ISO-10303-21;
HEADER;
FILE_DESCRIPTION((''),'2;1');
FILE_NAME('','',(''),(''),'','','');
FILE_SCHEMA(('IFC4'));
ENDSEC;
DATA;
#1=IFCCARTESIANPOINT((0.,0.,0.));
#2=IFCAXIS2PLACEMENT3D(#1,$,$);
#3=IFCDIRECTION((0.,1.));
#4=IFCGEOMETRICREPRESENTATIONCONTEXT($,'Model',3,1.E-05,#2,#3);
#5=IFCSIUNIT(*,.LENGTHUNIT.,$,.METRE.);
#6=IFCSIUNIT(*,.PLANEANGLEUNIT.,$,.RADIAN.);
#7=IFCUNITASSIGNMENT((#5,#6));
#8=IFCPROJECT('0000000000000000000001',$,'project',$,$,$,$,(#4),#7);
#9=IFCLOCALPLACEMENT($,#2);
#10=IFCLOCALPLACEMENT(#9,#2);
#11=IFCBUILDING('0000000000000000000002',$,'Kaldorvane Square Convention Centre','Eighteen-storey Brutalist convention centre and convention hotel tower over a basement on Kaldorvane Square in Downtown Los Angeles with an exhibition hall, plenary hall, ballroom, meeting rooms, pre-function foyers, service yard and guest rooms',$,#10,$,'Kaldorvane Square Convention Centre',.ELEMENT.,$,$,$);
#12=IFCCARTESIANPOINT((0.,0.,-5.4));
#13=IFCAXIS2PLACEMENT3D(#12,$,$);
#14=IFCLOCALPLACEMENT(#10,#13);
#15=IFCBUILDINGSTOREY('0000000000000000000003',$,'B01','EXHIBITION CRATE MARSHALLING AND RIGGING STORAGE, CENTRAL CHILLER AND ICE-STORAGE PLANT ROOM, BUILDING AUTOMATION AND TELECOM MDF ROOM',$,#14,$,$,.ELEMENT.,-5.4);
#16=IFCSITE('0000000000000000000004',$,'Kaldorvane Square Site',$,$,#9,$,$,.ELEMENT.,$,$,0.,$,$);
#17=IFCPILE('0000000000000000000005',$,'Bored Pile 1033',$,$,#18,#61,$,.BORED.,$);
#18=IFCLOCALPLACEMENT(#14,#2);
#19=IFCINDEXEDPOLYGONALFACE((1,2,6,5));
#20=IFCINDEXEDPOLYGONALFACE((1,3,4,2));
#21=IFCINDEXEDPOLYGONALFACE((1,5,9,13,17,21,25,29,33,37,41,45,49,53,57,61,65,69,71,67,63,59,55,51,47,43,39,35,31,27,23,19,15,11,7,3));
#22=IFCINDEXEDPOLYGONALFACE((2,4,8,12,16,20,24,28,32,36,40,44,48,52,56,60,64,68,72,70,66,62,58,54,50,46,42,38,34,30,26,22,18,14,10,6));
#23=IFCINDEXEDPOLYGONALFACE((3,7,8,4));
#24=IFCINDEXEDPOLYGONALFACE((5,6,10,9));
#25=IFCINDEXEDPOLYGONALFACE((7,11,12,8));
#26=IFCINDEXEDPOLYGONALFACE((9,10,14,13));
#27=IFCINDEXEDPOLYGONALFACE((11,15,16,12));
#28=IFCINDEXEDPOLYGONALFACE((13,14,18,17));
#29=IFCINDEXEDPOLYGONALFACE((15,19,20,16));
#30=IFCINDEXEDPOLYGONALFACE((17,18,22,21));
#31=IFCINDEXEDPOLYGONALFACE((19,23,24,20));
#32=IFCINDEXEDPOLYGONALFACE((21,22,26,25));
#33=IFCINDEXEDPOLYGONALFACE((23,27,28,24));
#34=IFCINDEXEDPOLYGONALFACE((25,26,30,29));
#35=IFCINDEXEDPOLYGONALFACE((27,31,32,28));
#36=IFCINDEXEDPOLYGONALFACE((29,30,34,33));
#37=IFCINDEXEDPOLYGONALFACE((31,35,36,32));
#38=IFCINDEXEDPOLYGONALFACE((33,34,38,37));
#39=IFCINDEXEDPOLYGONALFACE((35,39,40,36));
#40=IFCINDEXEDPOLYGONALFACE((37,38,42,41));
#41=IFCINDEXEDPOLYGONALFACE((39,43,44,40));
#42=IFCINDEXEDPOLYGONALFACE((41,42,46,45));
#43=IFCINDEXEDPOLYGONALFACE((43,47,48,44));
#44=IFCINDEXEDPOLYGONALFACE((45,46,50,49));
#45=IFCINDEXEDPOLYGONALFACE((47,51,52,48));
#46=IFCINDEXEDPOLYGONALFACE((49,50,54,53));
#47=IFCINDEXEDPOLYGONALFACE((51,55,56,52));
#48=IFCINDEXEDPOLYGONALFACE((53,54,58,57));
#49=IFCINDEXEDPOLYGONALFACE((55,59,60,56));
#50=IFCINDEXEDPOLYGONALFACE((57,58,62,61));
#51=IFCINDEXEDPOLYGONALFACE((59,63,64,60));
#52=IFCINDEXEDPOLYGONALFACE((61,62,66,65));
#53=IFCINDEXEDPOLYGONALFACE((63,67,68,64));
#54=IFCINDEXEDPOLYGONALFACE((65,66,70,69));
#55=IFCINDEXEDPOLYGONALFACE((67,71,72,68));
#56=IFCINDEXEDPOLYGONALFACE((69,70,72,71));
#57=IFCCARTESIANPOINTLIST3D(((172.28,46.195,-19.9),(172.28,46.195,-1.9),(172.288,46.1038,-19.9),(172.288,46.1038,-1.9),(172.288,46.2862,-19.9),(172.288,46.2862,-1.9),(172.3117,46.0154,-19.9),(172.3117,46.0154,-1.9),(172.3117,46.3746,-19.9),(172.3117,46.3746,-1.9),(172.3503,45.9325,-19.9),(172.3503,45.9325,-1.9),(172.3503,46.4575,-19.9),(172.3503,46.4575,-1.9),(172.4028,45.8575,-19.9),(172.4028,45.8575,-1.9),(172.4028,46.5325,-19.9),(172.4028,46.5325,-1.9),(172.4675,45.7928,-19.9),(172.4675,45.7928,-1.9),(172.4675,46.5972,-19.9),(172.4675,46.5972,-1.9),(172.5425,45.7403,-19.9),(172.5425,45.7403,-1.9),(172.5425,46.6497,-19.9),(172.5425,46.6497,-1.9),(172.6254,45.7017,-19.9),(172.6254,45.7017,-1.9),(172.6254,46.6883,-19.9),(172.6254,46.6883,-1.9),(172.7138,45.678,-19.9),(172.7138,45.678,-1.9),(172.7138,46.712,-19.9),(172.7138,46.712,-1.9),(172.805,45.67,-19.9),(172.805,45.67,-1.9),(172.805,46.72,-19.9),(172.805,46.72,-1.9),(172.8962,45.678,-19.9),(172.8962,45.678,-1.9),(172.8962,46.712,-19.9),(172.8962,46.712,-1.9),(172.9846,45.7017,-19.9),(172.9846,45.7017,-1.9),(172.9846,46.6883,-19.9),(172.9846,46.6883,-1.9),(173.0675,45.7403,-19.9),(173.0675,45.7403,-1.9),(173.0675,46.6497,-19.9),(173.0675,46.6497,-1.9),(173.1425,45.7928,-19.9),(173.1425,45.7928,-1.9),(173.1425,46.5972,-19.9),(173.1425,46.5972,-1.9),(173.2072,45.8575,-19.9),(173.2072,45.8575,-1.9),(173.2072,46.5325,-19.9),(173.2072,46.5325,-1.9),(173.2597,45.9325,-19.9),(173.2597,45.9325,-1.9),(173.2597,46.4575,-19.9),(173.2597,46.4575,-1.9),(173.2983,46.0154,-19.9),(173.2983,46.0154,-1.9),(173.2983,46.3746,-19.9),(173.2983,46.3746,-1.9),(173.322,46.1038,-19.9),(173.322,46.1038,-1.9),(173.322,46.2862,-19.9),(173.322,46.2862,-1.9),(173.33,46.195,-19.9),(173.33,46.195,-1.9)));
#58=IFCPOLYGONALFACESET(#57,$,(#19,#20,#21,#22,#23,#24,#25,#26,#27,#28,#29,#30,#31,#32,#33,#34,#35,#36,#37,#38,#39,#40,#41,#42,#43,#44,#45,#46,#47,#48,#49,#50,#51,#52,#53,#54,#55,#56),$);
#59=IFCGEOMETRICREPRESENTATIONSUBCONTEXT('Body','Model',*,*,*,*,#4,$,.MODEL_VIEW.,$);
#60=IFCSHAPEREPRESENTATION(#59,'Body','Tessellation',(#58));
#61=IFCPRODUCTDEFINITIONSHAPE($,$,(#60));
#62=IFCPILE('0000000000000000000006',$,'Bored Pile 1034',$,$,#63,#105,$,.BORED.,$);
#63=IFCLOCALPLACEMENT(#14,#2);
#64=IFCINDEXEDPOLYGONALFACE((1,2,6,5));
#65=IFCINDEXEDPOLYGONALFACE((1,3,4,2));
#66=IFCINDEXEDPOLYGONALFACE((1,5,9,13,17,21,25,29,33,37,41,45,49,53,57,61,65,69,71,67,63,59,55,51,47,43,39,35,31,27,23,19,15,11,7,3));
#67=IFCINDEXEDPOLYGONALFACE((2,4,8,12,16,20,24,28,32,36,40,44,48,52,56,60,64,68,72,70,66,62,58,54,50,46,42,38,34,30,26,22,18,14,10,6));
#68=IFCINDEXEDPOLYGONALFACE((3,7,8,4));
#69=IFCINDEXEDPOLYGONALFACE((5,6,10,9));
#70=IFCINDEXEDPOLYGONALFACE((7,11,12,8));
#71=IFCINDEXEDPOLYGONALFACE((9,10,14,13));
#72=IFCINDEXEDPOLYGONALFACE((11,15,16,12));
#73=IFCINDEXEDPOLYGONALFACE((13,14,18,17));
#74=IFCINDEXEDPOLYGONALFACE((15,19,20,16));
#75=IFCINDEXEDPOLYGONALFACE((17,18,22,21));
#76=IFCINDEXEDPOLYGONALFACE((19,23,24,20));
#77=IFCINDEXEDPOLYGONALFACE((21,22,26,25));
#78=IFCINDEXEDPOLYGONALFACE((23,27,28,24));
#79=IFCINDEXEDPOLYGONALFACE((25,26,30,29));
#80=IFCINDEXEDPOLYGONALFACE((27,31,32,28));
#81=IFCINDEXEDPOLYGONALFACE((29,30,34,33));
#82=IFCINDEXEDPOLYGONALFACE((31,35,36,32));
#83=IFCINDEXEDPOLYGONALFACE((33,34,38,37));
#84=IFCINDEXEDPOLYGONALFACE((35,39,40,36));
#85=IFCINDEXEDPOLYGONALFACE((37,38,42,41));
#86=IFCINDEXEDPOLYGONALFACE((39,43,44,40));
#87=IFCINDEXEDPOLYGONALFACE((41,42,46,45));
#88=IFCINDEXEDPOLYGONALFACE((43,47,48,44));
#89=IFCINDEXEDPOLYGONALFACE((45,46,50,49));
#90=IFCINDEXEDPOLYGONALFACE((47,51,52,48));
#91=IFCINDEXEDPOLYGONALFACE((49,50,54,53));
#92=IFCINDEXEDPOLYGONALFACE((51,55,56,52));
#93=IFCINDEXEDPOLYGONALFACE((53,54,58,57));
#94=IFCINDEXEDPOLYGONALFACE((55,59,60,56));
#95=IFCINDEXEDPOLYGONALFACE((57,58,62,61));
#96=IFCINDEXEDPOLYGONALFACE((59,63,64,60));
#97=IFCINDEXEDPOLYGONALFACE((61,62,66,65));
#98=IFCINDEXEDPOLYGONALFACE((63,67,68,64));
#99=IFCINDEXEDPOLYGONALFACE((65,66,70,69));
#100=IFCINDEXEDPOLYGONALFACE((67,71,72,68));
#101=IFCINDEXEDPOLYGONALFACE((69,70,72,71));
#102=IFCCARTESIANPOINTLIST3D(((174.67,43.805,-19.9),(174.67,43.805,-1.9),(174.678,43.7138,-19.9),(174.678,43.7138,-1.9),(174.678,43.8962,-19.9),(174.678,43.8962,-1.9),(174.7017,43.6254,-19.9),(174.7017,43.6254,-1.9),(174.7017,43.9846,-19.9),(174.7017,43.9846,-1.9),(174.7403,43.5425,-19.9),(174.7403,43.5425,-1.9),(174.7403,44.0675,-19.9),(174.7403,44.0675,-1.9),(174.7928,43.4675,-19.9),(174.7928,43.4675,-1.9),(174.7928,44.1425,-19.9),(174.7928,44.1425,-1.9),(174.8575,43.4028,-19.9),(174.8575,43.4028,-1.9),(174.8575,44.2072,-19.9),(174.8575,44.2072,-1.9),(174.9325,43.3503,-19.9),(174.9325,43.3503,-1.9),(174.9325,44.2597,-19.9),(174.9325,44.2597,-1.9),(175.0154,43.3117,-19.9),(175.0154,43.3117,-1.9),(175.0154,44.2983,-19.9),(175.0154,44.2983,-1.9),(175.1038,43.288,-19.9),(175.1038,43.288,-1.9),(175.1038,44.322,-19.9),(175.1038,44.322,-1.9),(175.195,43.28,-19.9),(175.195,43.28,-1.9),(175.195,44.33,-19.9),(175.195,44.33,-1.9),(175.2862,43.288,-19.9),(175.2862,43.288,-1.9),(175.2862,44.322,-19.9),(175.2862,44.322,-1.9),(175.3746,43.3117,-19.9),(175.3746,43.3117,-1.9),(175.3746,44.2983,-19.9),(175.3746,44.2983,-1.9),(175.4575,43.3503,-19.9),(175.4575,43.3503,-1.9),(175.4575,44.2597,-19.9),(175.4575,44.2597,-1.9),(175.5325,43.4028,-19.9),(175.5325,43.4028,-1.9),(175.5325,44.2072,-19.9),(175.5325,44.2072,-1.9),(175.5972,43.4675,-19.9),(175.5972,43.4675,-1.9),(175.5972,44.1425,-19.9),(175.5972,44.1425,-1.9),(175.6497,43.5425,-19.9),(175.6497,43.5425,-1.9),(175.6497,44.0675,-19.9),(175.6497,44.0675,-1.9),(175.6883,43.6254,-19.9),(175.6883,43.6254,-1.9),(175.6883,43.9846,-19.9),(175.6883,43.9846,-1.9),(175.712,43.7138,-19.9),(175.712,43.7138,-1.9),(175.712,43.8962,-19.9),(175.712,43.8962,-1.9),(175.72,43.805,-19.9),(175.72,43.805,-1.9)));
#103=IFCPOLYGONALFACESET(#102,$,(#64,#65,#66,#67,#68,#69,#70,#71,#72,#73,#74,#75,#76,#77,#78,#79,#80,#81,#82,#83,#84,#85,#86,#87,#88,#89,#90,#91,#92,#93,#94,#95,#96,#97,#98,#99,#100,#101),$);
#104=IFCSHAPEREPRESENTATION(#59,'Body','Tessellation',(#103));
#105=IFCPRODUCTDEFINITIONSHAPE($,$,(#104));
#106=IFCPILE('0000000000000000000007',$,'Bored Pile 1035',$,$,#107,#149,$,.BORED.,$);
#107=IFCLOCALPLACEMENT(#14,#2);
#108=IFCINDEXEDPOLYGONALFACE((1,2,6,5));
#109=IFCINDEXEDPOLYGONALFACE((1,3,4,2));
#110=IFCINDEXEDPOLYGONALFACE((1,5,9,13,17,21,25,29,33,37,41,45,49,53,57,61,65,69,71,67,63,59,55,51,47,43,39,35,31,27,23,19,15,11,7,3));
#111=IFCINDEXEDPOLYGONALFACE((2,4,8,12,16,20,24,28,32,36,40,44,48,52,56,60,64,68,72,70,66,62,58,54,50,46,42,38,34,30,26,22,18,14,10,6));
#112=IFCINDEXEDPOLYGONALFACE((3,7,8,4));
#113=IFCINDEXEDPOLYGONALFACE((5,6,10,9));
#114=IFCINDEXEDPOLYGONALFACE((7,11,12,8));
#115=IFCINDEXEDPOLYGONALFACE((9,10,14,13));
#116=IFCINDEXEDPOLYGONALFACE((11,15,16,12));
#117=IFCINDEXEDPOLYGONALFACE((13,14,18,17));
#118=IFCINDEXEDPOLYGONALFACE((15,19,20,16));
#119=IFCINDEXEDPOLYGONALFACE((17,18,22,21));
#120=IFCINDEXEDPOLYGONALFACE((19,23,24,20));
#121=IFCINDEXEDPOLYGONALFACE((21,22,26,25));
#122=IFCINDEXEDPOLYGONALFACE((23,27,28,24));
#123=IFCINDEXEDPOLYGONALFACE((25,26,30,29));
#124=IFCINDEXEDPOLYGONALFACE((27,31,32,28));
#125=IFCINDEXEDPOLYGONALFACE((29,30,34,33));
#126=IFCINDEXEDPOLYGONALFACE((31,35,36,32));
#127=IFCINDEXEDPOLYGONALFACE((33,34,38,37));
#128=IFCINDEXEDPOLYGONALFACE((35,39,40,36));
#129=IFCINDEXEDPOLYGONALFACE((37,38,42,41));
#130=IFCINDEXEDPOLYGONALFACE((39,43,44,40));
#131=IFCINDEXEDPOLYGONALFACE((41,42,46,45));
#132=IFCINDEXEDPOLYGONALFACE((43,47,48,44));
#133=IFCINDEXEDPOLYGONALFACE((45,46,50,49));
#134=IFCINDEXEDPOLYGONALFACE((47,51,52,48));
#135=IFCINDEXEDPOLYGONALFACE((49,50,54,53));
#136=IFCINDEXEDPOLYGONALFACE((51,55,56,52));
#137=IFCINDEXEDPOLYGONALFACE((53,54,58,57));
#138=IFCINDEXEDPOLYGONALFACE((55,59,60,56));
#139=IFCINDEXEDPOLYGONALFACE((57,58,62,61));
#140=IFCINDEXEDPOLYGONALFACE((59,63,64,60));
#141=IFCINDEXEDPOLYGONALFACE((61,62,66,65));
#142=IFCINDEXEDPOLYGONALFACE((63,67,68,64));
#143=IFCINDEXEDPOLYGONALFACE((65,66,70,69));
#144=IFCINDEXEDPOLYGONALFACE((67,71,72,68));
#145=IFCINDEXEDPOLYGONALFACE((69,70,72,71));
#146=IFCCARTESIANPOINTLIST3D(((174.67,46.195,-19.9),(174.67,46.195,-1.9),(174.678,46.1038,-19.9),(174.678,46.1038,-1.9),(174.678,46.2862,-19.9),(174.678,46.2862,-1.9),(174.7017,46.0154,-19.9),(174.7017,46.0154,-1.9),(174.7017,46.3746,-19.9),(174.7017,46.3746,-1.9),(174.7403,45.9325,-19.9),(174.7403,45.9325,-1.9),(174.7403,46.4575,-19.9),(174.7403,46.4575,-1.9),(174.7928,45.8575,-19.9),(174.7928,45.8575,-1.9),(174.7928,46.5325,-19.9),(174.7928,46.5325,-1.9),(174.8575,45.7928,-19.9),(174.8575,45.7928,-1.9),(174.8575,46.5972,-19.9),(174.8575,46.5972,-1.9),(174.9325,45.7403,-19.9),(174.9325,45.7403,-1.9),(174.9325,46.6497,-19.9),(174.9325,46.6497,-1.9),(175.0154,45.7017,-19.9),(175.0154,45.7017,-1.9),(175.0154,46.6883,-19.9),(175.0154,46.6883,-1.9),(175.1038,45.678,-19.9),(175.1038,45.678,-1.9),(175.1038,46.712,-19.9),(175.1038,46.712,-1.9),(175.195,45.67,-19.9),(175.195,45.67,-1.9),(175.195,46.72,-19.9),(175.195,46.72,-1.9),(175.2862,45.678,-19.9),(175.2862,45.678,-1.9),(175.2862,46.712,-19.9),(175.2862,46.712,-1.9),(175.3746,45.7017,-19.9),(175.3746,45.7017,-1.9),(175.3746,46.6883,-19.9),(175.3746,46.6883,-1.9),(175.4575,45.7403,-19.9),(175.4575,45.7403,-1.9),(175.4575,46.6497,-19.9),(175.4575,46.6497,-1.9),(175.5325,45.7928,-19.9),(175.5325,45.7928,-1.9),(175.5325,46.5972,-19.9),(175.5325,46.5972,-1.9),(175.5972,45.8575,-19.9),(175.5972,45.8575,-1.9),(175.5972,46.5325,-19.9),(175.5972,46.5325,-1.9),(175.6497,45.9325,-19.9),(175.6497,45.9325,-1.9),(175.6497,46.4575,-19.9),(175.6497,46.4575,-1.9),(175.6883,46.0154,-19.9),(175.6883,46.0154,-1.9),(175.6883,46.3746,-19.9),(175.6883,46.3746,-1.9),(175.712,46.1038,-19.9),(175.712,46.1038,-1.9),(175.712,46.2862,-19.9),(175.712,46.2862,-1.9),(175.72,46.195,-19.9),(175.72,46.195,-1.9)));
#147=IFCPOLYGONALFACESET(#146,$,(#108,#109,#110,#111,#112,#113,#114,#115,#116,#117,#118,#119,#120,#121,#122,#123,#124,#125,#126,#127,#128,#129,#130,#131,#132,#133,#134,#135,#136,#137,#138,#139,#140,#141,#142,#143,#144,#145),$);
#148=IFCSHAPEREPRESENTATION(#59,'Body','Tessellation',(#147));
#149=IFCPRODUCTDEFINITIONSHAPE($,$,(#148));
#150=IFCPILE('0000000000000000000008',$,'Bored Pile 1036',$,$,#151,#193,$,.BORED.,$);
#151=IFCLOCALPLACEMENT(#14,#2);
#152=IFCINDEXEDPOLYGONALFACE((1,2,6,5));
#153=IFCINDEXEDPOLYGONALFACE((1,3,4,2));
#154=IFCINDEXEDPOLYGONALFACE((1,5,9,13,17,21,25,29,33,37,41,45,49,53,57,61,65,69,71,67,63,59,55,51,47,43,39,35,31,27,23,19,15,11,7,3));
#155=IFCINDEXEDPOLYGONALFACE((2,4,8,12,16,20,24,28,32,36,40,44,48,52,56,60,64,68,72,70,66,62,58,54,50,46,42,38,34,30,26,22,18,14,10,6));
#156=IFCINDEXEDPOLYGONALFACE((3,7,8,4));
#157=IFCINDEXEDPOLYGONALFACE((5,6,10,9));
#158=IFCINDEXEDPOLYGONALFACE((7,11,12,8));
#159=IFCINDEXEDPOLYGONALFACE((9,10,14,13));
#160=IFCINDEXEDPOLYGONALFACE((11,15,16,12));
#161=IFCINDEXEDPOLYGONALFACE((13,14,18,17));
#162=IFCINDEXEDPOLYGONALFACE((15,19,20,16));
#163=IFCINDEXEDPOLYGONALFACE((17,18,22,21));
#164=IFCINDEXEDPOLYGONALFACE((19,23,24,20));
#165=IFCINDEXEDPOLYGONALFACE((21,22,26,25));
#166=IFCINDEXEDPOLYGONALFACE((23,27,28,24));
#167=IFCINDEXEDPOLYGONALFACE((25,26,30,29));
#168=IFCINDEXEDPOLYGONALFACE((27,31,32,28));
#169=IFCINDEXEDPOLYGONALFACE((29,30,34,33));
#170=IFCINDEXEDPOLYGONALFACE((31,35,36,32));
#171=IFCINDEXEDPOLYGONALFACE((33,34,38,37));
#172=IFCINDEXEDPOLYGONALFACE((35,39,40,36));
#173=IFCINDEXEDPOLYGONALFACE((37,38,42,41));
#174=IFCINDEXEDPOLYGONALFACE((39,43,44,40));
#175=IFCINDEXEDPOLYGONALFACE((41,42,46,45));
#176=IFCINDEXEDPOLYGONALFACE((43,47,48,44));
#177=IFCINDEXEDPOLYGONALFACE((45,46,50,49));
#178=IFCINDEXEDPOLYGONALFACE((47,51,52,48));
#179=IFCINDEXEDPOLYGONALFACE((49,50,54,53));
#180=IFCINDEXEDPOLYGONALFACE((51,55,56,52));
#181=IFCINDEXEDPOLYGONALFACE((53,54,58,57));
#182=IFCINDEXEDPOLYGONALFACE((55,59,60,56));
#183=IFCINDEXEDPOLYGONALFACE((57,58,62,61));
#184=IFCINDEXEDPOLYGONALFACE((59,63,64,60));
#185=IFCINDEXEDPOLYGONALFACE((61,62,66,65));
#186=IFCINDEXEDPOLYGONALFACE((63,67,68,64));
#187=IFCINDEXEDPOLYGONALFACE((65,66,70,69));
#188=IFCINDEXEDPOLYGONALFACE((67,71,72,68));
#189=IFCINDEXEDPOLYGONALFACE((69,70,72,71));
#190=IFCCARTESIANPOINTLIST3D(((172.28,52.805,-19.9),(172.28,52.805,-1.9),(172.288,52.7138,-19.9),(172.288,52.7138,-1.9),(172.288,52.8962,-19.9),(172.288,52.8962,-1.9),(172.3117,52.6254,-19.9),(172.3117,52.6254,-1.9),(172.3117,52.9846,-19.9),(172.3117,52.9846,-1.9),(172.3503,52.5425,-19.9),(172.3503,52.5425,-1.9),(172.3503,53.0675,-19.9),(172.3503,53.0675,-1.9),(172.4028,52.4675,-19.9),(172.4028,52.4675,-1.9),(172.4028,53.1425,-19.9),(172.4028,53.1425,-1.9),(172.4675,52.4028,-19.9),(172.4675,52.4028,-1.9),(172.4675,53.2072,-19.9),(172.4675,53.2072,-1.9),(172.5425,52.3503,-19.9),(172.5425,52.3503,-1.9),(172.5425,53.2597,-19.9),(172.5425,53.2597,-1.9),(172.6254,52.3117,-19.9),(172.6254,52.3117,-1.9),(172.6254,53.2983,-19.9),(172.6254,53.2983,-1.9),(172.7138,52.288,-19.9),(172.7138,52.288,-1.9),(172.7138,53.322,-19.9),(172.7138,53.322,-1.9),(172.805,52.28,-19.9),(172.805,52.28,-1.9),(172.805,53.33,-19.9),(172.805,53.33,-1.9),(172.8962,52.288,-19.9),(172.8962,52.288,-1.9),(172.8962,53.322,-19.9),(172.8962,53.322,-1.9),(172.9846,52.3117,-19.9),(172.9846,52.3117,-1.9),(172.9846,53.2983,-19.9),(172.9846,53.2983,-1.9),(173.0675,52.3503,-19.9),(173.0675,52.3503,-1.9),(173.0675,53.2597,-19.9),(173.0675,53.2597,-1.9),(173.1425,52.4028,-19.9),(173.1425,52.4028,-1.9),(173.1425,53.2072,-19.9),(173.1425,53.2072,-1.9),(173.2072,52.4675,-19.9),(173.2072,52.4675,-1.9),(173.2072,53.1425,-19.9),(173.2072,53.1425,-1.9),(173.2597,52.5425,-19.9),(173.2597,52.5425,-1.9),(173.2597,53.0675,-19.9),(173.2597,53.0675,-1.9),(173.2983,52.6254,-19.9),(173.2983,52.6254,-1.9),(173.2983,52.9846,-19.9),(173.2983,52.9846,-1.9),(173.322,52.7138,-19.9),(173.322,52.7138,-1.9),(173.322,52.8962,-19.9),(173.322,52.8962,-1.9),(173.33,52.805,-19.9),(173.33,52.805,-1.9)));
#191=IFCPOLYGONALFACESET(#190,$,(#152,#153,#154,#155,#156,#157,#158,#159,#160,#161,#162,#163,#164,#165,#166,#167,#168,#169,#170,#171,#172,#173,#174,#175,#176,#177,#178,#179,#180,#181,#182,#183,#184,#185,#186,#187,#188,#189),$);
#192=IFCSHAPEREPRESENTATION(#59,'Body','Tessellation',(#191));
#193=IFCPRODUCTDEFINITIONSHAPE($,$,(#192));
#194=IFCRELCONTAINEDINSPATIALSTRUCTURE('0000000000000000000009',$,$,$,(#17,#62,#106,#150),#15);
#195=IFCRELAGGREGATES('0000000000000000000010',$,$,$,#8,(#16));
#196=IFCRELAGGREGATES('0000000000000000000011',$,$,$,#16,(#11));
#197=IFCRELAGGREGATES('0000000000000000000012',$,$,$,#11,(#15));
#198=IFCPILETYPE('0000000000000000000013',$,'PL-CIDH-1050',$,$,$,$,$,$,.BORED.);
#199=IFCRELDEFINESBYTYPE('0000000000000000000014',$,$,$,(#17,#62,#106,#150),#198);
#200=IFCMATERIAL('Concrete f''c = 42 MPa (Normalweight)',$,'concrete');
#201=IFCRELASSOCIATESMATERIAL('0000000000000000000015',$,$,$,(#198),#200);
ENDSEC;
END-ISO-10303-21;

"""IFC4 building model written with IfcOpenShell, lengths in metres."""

from ifc_helpers import new_model, si_unit, direction, frame, origin, origin_2d, place, context, subcontext, project, spatial, circle, extrude, material, material_profile, profile_set, type_object, element, save


model = new_model("IFC4")

# Units and contexts
model_context = context("Model", 3, precision=1e-05, world=origin(), true_north=direction((0.0, 1.0)))
body_context = subcontext(model_context, "Body", "Model", "MODEL_VIEW")
ifc_project = project(units=[si_unit("LENGTHUNIT", "METRE"), si_unit("PLANEANGLEUNIT", "RADIAN")], contexts=[model_context])

# Site, building, storey
site_placement = place(None, origin())
site = spatial("IfcSite", under=ifc_project, at=site_placement, Name="Kaldorvane Square Site", CompositionType="ELEMENT", RefElevation=0.0)
building_placement = place(site_placement, origin())
building = spatial("IfcBuilding", under=site, at=building_placement, Name="Kaldorvane Square Convention Centre", Description="Eighteen-storey Brutalist convention centre and convention hotel tower over a basement on Kaldorvane Square in Downtown Los Angeles with an exhibition hall, plenary hall, ballroom, meeting rooms, pre-function foyers, service yard and guest rooms", LongName="Kaldorvane Square Convention Centre", CompositionType="ELEMENT")
storey_placement = place(building_placement, frame((0.0, 0.0, -5.4)))
storey = spatial("IfcBuildingStorey", under=building, at=storey_placement, Name="B01", Description="EXHIBITION CRATE MARSHALLING AND RIGGING STORAGE, CENTRAL CHILLER AND ICE-STORAGE PLANT ROOM, BUILDING AUTOMATION AND TELECOM MDF ROOM", CompositionType="ELEMENT", Elevation=-5.4)

# Shared definitions
ifc_material_1 = material(Name="Concrete f'c = 42 MPa (Normalweight)", Category="concrete")

# Piles
ifc_material_profile_1 = material_profile(ifc_material_1, circle(Radius=0.525, at=origin_2d()), Name="PILE-D1050")
ifc_profile_set_1 = profile_set([ifc_material_profile_1], Name="Concrete f'c = 42 MPa (Normalweight)")
pile_type_1 = type_object("IfcPileType", Name="PL-CIDH-1050", PredefinedType="BORED", material=ifc_profile_set_1)
for number, where, z_axis, x_axis, name in (
    (1, (172.805, 46.195, -1.9), (0.0, 0.0, -1.0), (1.0, 0.0, 0.0), "Bored Pile 1033"),
    (2, (175.195, 43.805, -1.9), (0.0, 0.0, -1.0), (1.0, 0.0, 0.0), "Bored Pile 1034"),
    (3, (175.195, 46.195, -1.9), (0.0, 0.0, -1.0), (1.0, 0.0, 0.0), "Bored Pile 1035"),
    (4, (172.805, 52.805, -1.9), (0.0, 0.0, -1.0), (1.0, 0.0, 0.0), "Bored Pile 1036"),
):
    element("IfcPile", number, at=place(storey_placement, frame(where, z_axis=z_axis, x_axis=x_axis)), inside=storey, type_object=pile_type_1, Name=name, PredefinedType="BORED", context=body_context, shape_type="SweptSolid", body=[
        extrude(circle(Radius=0.525, at=origin_2d()), origin(), (0.0, 0.0, 1.0), 18.0),
    ])

save(model, "model.ifc")
